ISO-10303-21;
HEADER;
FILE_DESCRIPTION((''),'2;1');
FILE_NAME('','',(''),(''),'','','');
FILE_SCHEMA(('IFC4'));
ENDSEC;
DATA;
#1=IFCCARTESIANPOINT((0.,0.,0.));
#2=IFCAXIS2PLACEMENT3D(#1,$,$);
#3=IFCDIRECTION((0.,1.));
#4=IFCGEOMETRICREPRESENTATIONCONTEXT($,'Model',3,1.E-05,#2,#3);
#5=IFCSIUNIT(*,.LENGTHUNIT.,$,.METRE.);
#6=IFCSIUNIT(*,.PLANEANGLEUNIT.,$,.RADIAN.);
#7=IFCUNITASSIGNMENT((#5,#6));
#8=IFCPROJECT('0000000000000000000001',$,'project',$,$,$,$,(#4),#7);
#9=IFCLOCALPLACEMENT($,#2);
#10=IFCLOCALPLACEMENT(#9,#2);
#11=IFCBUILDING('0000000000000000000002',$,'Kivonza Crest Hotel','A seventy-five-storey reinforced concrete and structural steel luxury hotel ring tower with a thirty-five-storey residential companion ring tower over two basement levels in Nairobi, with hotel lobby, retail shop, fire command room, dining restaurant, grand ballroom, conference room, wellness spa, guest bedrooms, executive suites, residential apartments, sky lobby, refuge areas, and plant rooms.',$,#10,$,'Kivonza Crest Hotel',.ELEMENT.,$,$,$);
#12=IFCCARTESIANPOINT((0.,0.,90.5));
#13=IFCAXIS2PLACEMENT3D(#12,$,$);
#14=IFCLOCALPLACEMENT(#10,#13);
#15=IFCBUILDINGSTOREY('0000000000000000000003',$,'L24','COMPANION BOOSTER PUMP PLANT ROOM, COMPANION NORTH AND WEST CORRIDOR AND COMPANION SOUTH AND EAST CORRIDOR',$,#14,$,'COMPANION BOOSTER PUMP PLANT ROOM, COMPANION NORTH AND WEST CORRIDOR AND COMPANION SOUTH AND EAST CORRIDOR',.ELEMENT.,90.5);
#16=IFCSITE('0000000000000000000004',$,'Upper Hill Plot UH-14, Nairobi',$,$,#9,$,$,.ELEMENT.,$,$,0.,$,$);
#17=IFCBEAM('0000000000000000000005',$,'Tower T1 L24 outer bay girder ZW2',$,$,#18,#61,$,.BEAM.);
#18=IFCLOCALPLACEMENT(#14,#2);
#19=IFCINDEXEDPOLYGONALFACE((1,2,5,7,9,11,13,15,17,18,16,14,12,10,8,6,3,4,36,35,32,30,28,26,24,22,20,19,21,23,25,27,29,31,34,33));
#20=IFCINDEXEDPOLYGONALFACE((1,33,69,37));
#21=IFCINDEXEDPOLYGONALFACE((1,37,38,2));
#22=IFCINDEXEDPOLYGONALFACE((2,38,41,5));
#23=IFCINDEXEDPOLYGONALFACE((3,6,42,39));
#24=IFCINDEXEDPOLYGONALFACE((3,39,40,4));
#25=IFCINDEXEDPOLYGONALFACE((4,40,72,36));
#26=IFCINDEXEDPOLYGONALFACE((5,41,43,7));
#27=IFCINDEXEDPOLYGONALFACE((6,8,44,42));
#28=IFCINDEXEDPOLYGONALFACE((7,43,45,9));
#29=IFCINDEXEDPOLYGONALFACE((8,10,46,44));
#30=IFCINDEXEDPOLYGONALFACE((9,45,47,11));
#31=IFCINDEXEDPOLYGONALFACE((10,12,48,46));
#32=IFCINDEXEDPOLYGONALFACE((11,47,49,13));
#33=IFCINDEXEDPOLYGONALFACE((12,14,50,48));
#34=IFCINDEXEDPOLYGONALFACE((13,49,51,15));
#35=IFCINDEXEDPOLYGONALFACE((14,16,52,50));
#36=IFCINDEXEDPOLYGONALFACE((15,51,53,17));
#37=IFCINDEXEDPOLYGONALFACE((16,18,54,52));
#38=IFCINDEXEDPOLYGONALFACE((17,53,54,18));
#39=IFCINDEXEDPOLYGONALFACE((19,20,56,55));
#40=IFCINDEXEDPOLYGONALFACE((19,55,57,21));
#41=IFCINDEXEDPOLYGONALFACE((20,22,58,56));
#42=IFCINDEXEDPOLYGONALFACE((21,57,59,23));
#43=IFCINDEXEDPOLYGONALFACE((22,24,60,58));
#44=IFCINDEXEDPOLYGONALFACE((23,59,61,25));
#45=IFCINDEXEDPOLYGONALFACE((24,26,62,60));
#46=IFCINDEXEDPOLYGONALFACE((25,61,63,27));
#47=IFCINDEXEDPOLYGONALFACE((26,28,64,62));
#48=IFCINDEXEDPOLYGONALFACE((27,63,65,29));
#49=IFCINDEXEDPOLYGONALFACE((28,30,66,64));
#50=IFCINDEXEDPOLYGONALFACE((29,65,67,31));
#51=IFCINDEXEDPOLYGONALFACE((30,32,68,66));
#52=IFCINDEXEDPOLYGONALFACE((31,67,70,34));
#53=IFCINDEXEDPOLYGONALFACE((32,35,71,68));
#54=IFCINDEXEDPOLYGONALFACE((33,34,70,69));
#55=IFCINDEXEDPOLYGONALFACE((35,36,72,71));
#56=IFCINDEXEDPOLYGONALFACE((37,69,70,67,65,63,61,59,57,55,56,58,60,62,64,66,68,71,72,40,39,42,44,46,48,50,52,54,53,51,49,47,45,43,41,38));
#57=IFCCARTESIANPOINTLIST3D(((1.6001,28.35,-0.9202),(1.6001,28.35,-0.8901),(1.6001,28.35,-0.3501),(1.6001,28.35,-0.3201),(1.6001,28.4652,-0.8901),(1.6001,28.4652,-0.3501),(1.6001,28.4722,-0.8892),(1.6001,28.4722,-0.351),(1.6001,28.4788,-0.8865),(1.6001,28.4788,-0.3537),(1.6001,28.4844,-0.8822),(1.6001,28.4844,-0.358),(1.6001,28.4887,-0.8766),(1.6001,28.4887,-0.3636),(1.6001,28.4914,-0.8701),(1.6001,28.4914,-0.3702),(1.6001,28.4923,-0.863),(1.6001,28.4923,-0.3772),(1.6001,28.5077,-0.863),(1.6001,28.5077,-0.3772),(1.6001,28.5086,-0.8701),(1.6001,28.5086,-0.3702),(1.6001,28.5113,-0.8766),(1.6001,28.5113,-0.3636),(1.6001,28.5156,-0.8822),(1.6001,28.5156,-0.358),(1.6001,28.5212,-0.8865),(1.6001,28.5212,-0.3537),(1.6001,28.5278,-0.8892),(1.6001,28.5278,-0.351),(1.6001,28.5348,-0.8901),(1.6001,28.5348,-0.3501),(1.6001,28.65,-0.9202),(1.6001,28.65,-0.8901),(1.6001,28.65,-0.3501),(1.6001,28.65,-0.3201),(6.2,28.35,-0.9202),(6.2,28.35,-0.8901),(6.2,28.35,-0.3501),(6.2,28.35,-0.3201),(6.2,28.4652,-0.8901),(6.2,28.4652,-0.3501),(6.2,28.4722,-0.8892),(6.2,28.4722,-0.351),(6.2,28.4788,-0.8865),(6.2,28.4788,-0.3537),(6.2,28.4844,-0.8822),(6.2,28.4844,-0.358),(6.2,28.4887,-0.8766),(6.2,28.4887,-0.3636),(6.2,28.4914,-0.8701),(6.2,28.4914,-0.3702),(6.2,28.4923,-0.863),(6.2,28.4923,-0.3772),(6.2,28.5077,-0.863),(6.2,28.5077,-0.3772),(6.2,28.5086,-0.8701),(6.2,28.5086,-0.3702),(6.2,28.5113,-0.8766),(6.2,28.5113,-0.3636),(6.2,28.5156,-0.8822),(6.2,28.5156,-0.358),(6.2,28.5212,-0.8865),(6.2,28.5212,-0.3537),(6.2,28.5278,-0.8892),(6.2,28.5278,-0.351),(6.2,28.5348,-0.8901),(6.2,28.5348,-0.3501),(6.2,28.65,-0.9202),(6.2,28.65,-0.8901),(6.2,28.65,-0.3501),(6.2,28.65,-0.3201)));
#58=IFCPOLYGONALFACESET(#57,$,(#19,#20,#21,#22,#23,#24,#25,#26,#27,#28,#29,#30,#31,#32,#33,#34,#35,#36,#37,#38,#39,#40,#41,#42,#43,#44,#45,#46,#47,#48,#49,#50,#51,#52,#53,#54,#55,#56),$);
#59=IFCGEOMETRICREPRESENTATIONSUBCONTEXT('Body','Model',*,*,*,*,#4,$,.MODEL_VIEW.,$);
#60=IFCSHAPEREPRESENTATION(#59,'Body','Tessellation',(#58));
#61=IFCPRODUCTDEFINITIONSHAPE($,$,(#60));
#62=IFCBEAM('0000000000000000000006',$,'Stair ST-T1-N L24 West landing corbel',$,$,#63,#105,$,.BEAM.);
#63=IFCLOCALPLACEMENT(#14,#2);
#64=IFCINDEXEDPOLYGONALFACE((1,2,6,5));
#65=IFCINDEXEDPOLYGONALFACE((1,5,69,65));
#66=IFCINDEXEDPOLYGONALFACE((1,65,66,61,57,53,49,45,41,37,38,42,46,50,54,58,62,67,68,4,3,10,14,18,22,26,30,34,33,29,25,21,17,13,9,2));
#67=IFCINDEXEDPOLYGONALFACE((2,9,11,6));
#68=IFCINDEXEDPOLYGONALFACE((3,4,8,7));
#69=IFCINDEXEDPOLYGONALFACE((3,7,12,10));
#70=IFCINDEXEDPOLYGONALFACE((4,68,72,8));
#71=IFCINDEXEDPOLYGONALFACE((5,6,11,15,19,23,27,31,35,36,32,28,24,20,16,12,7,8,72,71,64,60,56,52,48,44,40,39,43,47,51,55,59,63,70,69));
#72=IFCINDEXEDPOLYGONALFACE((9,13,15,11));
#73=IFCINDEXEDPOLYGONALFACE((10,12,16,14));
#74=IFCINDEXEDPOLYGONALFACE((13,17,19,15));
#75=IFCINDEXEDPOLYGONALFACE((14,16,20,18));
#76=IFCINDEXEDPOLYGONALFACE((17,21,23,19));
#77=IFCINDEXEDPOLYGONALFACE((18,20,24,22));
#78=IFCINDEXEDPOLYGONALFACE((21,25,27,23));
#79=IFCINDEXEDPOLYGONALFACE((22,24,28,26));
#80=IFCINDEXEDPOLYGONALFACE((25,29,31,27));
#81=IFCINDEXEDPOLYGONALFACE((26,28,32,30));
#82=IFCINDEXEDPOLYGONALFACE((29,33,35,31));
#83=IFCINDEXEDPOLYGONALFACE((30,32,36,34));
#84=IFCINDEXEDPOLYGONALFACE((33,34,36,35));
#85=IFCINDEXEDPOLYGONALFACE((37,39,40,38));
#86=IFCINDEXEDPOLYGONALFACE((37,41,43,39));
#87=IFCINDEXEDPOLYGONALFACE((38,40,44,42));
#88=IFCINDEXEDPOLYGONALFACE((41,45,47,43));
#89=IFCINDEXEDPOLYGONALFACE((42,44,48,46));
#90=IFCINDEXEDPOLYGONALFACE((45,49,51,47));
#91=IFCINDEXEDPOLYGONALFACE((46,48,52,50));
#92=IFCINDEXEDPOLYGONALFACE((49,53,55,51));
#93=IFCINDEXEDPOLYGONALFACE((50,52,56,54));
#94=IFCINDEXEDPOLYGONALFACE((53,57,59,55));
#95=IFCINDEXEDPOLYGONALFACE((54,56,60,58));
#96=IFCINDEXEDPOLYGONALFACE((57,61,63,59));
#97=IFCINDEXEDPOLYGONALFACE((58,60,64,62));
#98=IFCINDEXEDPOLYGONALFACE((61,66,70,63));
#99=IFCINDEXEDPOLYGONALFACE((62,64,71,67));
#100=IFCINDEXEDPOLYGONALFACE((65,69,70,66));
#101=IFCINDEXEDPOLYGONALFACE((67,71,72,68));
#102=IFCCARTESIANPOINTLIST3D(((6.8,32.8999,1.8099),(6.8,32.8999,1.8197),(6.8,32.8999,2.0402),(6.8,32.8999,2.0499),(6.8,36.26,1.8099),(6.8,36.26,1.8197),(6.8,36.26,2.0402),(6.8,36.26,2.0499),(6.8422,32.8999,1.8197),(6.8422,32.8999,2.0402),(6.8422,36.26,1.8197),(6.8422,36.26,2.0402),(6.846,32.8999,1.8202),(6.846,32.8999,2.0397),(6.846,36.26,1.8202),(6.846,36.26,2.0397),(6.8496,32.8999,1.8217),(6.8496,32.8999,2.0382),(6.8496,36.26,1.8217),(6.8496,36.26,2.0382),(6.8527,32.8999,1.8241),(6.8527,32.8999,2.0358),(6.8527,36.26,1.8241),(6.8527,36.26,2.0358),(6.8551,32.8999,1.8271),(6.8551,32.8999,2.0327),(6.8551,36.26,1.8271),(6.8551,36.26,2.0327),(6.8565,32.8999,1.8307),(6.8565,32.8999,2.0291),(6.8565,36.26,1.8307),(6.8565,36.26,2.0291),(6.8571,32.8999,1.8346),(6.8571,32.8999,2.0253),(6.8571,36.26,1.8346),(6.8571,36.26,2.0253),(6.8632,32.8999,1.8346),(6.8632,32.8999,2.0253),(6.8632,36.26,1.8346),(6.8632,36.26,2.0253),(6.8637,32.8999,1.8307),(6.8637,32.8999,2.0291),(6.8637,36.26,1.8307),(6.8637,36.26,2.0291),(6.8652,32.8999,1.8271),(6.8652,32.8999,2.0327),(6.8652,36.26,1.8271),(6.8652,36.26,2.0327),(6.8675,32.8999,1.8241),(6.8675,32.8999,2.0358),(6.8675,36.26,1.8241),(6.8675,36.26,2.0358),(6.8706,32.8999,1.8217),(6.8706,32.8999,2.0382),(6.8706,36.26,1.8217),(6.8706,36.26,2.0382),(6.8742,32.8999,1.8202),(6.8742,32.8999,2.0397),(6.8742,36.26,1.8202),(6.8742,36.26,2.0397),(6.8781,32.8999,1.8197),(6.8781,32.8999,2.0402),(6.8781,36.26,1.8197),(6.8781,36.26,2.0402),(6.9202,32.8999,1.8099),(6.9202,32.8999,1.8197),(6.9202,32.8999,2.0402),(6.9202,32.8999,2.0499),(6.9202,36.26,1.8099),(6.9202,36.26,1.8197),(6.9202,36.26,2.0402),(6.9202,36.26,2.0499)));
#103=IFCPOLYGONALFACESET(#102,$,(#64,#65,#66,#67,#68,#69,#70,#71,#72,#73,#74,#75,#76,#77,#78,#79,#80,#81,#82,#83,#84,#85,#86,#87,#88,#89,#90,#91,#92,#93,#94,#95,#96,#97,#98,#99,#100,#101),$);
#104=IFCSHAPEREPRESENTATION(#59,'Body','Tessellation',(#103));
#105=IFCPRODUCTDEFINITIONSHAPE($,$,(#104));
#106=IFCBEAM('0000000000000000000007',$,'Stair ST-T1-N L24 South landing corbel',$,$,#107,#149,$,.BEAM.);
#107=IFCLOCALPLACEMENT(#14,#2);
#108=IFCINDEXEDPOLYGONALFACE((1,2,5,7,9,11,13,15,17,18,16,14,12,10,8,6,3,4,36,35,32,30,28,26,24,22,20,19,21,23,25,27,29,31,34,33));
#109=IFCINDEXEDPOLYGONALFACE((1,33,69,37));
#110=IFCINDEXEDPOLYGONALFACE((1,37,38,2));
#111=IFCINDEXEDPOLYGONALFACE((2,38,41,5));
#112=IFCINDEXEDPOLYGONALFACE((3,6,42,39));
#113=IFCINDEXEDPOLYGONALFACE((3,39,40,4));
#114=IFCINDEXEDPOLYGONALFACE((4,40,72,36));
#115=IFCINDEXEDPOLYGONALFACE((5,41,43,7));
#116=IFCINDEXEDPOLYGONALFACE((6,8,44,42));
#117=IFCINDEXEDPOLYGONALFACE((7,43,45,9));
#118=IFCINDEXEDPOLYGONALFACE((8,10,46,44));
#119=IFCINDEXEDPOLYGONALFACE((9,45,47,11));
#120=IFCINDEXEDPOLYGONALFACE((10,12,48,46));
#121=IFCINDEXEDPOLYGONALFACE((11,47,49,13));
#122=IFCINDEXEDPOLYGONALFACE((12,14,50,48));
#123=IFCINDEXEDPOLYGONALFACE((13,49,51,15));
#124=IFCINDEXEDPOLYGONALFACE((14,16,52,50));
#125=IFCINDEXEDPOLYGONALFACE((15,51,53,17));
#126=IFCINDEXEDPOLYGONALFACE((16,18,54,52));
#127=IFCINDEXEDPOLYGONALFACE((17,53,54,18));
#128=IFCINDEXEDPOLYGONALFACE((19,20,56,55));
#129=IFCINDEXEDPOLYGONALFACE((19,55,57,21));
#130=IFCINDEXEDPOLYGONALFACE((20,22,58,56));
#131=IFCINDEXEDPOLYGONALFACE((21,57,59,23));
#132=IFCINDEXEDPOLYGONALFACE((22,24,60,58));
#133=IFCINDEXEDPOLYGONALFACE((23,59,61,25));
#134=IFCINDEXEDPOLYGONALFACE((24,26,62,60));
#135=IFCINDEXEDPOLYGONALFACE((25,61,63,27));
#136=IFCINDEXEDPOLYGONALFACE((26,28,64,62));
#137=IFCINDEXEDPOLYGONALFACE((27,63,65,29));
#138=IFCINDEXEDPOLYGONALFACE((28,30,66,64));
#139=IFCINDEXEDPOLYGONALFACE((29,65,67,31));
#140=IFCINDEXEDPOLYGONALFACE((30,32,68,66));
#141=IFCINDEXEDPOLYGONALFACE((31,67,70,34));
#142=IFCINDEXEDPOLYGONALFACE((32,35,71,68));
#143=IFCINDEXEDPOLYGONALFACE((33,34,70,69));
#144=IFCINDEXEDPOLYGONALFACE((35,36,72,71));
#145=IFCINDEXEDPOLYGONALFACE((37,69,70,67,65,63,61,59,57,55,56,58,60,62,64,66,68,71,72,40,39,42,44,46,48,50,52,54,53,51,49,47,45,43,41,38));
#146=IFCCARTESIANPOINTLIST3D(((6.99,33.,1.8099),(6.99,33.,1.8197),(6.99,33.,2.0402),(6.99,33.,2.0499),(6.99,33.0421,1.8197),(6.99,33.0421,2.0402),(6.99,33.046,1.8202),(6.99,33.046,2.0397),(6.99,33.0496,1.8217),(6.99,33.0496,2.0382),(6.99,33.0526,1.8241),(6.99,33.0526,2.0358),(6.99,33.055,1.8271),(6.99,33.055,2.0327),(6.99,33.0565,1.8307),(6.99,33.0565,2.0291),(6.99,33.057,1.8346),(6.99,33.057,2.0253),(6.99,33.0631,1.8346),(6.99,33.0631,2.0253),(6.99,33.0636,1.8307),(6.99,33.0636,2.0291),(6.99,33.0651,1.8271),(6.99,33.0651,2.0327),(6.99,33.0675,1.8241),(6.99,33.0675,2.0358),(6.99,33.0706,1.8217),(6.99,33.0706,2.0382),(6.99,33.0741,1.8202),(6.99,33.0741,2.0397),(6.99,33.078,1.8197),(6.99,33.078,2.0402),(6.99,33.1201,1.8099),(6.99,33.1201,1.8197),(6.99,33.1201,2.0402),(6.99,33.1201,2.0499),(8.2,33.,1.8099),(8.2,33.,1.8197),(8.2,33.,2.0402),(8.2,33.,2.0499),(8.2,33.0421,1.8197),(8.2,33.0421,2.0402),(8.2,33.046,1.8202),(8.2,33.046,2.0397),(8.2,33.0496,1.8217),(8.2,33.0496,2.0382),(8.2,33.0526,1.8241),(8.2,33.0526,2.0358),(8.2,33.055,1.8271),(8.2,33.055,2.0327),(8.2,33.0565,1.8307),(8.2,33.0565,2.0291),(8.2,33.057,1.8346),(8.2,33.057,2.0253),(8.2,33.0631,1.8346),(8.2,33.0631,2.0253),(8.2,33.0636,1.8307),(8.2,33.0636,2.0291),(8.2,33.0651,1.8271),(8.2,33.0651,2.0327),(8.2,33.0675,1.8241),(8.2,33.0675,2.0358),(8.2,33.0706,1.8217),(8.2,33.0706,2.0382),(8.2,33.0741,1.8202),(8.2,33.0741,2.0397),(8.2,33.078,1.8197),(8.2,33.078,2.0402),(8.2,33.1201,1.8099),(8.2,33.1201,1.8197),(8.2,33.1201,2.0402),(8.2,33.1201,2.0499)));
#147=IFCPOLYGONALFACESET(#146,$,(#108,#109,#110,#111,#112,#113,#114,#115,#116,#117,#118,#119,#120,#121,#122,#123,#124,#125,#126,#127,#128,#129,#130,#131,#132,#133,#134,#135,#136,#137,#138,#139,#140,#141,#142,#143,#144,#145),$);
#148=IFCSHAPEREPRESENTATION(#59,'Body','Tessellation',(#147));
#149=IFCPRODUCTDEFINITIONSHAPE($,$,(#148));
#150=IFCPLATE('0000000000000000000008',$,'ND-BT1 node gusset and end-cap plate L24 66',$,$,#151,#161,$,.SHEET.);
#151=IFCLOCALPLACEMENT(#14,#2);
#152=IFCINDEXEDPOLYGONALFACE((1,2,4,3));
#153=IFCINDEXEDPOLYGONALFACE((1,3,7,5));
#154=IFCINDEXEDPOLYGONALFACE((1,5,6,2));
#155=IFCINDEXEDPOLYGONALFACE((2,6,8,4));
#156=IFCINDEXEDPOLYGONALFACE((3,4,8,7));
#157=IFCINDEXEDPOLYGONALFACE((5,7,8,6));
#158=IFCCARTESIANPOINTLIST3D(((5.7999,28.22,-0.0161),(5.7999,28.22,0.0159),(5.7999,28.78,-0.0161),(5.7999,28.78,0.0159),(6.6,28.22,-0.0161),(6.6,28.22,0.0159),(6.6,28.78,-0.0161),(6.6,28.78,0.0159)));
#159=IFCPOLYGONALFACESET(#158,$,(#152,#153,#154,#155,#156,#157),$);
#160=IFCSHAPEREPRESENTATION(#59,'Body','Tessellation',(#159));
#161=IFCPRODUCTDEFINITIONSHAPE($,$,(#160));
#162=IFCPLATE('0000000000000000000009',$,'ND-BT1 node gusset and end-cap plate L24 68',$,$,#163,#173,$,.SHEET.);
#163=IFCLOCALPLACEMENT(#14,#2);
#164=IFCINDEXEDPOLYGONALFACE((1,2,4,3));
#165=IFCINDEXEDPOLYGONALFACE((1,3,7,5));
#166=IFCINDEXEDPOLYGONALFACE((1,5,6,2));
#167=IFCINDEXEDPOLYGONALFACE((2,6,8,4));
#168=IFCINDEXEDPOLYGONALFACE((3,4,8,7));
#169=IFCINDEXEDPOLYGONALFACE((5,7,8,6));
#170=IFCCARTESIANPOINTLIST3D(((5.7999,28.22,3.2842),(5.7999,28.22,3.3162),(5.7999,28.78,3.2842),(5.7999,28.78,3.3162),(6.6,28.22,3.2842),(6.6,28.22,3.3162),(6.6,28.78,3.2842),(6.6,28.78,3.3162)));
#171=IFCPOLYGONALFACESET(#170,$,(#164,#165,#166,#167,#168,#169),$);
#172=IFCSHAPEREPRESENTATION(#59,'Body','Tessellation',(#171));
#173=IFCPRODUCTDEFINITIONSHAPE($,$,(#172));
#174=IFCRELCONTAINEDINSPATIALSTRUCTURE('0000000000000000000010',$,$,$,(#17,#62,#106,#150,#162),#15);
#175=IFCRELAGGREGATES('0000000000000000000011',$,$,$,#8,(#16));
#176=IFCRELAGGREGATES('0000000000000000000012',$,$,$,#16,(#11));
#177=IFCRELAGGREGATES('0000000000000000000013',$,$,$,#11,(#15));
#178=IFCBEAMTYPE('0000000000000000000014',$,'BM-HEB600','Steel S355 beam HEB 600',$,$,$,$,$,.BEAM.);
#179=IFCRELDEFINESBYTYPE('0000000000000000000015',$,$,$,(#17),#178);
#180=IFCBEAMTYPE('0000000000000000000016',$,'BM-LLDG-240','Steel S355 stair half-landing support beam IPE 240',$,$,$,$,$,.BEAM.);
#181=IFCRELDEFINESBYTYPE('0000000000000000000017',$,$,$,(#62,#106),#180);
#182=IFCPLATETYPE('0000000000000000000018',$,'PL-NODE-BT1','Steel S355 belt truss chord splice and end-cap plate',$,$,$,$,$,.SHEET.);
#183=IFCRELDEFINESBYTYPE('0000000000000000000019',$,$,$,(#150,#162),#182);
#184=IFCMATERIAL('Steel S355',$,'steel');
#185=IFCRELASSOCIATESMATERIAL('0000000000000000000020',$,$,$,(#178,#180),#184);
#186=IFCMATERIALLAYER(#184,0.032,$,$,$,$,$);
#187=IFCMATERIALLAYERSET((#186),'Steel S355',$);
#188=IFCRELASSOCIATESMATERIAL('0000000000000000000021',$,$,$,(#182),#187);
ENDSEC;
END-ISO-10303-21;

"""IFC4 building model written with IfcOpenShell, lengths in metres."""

from ifc_helpers import new_model, si_unit, direction, frame, origin, origin_2d, place, context, subcontext, project, spatial, rectangle, i_section, extrude, material, layer, layer_set, material_profile, profile_set, type_object, element, save


model = new_model("IFC4")

# Units and contexts
model_context = context("Model", 3, precision=1e-05, world=origin(), true_north=direction((0.0, 1.0)))
body_context = subcontext(model_context, "Body", "Model", "MODEL_VIEW")
ifc_project = project(units=[si_unit("LENGTHUNIT", "METRE"), si_unit("PLANEANGLEUNIT", "RADIAN")], contexts=[model_context])

# Site, building, storey
site_placement = place(None, origin())
site = spatial("IfcSite", under=ifc_project, at=site_placement, Name="Upper Hill Plot UH-14, Nairobi", CompositionType="ELEMENT", RefElevation=0.0)
building_placement = place(site_placement, origin())
building = spatial("IfcBuilding", under=site, at=building_placement, Name="Kivonza Crest Hotel", Description="A seventy-five-storey reinforced concrete and structural steel luxury hotel ring tower with a thirty-five-storey residential companion ring tower over two basement levels in Nairobi, with hotel lobby, retail shop, fire command room, dining restaurant, grand ballroom, conference room, wellness spa, guest bedrooms, executive suites, residential apartments, sky lobby, refuge areas, and plant rooms.", LongName="Kivonza Crest Hotel", CompositionType="ELEMENT")
storey_placement = place(building_placement, frame((0.0, 0.0, 90.5)))
storey = spatial("IfcBuildingStorey", under=building, at=storey_placement, Name="L24", Description="COMPANION BOOSTER PUMP PLANT ROOM, COMPANION NORTH AND WEST CORRIDOR AND COMPANION SOUTH AND EAST CORRIDOR", LongName="COMPANION BOOSTER PUMP PLANT ROOM, COMPANION NORTH AND WEST CORRIDOR AND COMPANION SOUTH AND EAST CORRIDOR", CompositionType="ELEMENT", Elevation=90.5)

# Beams
ifc_material_1 = material(Name="Steel S355", Category="steel")
ifc_material_profile_1 = material_profile(ifc_material_1, i_section(OverallWidth=0.3, OverallDepth=0.6001, WebThickness=0.0154, FlangeThickness=0.03, FilletRadius=0.0271, at=origin_2d()), Name="HEB 600")
ifc_profile_set_1 = profile_set([ifc_material_profile_1], Name="Steel S355")
beam_type_1 = type_object("IfcBeamType", Name="BM-HEB600", Description="Steel S355 beam HEB 600", PredefinedType="BEAM", material=ifc_profile_set_1)
beam_1_placement = place(storey_placement, frame((1.6001, 28.5, -0.6201), z_axis=(1.0, 0.0, 0.0), x_axis=(0.0, 1.0, 0.0)))
element("IfcBeam", 1, at=beam_1_placement, inside=storey, type_object=beam_type_1, Name="Tower T1 L24 outer bay girder ZW2", PredefinedType="BEAM", context=body_context, shape_type="SweptSolid", body=[
    extrude(i_section(OverallWidth=0.3, OverallDepth=0.6001, WebThickness=0.0154, FlangeThickness=0.03, FilletRadius=0.0271, at=origin_2d()), origin(), (0.0, 0.0, 1.0), 4.5999),
])
ifc_material_profile_2 = material_profile(ifc_material_1, i_section(OverallWidth=0.1201, OverallDepth=0.24, WebThickness=0.0061, FlangeThickness=0.0098, FilletRadius=0.0149, at=origin_2d()), Name="IPE 240")
ifc_profile_set_2 = profile_set([ifc_material_profile_2], Name="Steel S355")
beam_type_2 = type_object("IfcBeamType", Name="BM-LLDG-240", Description="Steel S355 stair half-landing support beam IPE 240", PredefinedType="BEAM", material=ifc_profile_set_2)
beam_2_placement = place(storey_placement, frame((6.8601, 32.8999, 1.9299), z_axis=(0.0, 1.0, 0.0), x_axis=(-1.0, 0.0, 0.0)))
element("IfcBeam", 2, at=beam_2_placement, inside=storey, type_object=beam_type_2, Name="Stair ST-T1-N L24 West landing corbel", PredefinedType="BEAM", context=body_context, shape_type="SweptSolid", body=[
    extrude(i_section(OverallWidth=0.1201, OverallDepth=0.24, WebThickness=0.0061, FlangeThickness=0.0098, FilletRadius=0.0149, at=origin_2d()), origin(), (0.0, 0.0, 1.0), 3.3601),
])
beam_3_placement = place(storey_placement, frame((6.99, 33.0601, 1.9299), z_axis=(1.0, 0.0, 0.0), x_axis=(0.0, 1.0, 0.0)))
element("IfcBeam", 3, at=beam_3_placement, inside=storey, type_object=beam_type_2, Name="Stair ST-T1-N L24 South landing corbel", PredefinedType="BEAM", context=body_context, shape_type="SweptSolid", body=[
    extrude(i_section(OverallWidth=0.1201, OverallDepth=0.24, WebThickness=0.0061, FlangeThickness=0.0098, FilletRadius=0.0149, at=origin_2d()), origin(), (0.0, 0.0, 1.0), 1.21),
])

# Plates
ifc_layer_1 = layer(ifc_material_1, 0.032)
ifc_layer_set_1 = layer_set([ifc_layer_1], Name="Steel S355")
plate_type = type_object("IfcPlateType", Name="PL-NODE-BT1", Description="Steel S355 belt truss chord splice and end-cap plate", PredefinedType="SHEET", material=ifc_layer_set_1)
for number, where, z_axis, x_axis, name in (
    (4, (6.2, 28.5, -0.0161), (0.0, 0.0, 1.0), (1.0, 0.0, 0.0), "ND-BT1 node gusset and end-cap plate L24 66"),
    (5, (6.2, 28.5, 3.2842), (0.0, 0.0, 1.0), (1.0, 0.0, 0.0), "ND-BT1 node gusset and end-cap plate L24 68"),
):
    element("IfcPlate", number, at=place(storey_placement, frame(where, z_axis=z_axis, x_axis=x_axis)), inside=storey, type_object=plate_type, Name=name, PredefinedType="SHEET", context=body_context, shape_type="SweptSolid", body=[
        extrude(rectangle(XDim=0.8, YDim=0.5601, at=origin_2d()), origin(), (0.0, 0.0, 1.0), 0.032),
    ])

save(model, "model.ifc")
